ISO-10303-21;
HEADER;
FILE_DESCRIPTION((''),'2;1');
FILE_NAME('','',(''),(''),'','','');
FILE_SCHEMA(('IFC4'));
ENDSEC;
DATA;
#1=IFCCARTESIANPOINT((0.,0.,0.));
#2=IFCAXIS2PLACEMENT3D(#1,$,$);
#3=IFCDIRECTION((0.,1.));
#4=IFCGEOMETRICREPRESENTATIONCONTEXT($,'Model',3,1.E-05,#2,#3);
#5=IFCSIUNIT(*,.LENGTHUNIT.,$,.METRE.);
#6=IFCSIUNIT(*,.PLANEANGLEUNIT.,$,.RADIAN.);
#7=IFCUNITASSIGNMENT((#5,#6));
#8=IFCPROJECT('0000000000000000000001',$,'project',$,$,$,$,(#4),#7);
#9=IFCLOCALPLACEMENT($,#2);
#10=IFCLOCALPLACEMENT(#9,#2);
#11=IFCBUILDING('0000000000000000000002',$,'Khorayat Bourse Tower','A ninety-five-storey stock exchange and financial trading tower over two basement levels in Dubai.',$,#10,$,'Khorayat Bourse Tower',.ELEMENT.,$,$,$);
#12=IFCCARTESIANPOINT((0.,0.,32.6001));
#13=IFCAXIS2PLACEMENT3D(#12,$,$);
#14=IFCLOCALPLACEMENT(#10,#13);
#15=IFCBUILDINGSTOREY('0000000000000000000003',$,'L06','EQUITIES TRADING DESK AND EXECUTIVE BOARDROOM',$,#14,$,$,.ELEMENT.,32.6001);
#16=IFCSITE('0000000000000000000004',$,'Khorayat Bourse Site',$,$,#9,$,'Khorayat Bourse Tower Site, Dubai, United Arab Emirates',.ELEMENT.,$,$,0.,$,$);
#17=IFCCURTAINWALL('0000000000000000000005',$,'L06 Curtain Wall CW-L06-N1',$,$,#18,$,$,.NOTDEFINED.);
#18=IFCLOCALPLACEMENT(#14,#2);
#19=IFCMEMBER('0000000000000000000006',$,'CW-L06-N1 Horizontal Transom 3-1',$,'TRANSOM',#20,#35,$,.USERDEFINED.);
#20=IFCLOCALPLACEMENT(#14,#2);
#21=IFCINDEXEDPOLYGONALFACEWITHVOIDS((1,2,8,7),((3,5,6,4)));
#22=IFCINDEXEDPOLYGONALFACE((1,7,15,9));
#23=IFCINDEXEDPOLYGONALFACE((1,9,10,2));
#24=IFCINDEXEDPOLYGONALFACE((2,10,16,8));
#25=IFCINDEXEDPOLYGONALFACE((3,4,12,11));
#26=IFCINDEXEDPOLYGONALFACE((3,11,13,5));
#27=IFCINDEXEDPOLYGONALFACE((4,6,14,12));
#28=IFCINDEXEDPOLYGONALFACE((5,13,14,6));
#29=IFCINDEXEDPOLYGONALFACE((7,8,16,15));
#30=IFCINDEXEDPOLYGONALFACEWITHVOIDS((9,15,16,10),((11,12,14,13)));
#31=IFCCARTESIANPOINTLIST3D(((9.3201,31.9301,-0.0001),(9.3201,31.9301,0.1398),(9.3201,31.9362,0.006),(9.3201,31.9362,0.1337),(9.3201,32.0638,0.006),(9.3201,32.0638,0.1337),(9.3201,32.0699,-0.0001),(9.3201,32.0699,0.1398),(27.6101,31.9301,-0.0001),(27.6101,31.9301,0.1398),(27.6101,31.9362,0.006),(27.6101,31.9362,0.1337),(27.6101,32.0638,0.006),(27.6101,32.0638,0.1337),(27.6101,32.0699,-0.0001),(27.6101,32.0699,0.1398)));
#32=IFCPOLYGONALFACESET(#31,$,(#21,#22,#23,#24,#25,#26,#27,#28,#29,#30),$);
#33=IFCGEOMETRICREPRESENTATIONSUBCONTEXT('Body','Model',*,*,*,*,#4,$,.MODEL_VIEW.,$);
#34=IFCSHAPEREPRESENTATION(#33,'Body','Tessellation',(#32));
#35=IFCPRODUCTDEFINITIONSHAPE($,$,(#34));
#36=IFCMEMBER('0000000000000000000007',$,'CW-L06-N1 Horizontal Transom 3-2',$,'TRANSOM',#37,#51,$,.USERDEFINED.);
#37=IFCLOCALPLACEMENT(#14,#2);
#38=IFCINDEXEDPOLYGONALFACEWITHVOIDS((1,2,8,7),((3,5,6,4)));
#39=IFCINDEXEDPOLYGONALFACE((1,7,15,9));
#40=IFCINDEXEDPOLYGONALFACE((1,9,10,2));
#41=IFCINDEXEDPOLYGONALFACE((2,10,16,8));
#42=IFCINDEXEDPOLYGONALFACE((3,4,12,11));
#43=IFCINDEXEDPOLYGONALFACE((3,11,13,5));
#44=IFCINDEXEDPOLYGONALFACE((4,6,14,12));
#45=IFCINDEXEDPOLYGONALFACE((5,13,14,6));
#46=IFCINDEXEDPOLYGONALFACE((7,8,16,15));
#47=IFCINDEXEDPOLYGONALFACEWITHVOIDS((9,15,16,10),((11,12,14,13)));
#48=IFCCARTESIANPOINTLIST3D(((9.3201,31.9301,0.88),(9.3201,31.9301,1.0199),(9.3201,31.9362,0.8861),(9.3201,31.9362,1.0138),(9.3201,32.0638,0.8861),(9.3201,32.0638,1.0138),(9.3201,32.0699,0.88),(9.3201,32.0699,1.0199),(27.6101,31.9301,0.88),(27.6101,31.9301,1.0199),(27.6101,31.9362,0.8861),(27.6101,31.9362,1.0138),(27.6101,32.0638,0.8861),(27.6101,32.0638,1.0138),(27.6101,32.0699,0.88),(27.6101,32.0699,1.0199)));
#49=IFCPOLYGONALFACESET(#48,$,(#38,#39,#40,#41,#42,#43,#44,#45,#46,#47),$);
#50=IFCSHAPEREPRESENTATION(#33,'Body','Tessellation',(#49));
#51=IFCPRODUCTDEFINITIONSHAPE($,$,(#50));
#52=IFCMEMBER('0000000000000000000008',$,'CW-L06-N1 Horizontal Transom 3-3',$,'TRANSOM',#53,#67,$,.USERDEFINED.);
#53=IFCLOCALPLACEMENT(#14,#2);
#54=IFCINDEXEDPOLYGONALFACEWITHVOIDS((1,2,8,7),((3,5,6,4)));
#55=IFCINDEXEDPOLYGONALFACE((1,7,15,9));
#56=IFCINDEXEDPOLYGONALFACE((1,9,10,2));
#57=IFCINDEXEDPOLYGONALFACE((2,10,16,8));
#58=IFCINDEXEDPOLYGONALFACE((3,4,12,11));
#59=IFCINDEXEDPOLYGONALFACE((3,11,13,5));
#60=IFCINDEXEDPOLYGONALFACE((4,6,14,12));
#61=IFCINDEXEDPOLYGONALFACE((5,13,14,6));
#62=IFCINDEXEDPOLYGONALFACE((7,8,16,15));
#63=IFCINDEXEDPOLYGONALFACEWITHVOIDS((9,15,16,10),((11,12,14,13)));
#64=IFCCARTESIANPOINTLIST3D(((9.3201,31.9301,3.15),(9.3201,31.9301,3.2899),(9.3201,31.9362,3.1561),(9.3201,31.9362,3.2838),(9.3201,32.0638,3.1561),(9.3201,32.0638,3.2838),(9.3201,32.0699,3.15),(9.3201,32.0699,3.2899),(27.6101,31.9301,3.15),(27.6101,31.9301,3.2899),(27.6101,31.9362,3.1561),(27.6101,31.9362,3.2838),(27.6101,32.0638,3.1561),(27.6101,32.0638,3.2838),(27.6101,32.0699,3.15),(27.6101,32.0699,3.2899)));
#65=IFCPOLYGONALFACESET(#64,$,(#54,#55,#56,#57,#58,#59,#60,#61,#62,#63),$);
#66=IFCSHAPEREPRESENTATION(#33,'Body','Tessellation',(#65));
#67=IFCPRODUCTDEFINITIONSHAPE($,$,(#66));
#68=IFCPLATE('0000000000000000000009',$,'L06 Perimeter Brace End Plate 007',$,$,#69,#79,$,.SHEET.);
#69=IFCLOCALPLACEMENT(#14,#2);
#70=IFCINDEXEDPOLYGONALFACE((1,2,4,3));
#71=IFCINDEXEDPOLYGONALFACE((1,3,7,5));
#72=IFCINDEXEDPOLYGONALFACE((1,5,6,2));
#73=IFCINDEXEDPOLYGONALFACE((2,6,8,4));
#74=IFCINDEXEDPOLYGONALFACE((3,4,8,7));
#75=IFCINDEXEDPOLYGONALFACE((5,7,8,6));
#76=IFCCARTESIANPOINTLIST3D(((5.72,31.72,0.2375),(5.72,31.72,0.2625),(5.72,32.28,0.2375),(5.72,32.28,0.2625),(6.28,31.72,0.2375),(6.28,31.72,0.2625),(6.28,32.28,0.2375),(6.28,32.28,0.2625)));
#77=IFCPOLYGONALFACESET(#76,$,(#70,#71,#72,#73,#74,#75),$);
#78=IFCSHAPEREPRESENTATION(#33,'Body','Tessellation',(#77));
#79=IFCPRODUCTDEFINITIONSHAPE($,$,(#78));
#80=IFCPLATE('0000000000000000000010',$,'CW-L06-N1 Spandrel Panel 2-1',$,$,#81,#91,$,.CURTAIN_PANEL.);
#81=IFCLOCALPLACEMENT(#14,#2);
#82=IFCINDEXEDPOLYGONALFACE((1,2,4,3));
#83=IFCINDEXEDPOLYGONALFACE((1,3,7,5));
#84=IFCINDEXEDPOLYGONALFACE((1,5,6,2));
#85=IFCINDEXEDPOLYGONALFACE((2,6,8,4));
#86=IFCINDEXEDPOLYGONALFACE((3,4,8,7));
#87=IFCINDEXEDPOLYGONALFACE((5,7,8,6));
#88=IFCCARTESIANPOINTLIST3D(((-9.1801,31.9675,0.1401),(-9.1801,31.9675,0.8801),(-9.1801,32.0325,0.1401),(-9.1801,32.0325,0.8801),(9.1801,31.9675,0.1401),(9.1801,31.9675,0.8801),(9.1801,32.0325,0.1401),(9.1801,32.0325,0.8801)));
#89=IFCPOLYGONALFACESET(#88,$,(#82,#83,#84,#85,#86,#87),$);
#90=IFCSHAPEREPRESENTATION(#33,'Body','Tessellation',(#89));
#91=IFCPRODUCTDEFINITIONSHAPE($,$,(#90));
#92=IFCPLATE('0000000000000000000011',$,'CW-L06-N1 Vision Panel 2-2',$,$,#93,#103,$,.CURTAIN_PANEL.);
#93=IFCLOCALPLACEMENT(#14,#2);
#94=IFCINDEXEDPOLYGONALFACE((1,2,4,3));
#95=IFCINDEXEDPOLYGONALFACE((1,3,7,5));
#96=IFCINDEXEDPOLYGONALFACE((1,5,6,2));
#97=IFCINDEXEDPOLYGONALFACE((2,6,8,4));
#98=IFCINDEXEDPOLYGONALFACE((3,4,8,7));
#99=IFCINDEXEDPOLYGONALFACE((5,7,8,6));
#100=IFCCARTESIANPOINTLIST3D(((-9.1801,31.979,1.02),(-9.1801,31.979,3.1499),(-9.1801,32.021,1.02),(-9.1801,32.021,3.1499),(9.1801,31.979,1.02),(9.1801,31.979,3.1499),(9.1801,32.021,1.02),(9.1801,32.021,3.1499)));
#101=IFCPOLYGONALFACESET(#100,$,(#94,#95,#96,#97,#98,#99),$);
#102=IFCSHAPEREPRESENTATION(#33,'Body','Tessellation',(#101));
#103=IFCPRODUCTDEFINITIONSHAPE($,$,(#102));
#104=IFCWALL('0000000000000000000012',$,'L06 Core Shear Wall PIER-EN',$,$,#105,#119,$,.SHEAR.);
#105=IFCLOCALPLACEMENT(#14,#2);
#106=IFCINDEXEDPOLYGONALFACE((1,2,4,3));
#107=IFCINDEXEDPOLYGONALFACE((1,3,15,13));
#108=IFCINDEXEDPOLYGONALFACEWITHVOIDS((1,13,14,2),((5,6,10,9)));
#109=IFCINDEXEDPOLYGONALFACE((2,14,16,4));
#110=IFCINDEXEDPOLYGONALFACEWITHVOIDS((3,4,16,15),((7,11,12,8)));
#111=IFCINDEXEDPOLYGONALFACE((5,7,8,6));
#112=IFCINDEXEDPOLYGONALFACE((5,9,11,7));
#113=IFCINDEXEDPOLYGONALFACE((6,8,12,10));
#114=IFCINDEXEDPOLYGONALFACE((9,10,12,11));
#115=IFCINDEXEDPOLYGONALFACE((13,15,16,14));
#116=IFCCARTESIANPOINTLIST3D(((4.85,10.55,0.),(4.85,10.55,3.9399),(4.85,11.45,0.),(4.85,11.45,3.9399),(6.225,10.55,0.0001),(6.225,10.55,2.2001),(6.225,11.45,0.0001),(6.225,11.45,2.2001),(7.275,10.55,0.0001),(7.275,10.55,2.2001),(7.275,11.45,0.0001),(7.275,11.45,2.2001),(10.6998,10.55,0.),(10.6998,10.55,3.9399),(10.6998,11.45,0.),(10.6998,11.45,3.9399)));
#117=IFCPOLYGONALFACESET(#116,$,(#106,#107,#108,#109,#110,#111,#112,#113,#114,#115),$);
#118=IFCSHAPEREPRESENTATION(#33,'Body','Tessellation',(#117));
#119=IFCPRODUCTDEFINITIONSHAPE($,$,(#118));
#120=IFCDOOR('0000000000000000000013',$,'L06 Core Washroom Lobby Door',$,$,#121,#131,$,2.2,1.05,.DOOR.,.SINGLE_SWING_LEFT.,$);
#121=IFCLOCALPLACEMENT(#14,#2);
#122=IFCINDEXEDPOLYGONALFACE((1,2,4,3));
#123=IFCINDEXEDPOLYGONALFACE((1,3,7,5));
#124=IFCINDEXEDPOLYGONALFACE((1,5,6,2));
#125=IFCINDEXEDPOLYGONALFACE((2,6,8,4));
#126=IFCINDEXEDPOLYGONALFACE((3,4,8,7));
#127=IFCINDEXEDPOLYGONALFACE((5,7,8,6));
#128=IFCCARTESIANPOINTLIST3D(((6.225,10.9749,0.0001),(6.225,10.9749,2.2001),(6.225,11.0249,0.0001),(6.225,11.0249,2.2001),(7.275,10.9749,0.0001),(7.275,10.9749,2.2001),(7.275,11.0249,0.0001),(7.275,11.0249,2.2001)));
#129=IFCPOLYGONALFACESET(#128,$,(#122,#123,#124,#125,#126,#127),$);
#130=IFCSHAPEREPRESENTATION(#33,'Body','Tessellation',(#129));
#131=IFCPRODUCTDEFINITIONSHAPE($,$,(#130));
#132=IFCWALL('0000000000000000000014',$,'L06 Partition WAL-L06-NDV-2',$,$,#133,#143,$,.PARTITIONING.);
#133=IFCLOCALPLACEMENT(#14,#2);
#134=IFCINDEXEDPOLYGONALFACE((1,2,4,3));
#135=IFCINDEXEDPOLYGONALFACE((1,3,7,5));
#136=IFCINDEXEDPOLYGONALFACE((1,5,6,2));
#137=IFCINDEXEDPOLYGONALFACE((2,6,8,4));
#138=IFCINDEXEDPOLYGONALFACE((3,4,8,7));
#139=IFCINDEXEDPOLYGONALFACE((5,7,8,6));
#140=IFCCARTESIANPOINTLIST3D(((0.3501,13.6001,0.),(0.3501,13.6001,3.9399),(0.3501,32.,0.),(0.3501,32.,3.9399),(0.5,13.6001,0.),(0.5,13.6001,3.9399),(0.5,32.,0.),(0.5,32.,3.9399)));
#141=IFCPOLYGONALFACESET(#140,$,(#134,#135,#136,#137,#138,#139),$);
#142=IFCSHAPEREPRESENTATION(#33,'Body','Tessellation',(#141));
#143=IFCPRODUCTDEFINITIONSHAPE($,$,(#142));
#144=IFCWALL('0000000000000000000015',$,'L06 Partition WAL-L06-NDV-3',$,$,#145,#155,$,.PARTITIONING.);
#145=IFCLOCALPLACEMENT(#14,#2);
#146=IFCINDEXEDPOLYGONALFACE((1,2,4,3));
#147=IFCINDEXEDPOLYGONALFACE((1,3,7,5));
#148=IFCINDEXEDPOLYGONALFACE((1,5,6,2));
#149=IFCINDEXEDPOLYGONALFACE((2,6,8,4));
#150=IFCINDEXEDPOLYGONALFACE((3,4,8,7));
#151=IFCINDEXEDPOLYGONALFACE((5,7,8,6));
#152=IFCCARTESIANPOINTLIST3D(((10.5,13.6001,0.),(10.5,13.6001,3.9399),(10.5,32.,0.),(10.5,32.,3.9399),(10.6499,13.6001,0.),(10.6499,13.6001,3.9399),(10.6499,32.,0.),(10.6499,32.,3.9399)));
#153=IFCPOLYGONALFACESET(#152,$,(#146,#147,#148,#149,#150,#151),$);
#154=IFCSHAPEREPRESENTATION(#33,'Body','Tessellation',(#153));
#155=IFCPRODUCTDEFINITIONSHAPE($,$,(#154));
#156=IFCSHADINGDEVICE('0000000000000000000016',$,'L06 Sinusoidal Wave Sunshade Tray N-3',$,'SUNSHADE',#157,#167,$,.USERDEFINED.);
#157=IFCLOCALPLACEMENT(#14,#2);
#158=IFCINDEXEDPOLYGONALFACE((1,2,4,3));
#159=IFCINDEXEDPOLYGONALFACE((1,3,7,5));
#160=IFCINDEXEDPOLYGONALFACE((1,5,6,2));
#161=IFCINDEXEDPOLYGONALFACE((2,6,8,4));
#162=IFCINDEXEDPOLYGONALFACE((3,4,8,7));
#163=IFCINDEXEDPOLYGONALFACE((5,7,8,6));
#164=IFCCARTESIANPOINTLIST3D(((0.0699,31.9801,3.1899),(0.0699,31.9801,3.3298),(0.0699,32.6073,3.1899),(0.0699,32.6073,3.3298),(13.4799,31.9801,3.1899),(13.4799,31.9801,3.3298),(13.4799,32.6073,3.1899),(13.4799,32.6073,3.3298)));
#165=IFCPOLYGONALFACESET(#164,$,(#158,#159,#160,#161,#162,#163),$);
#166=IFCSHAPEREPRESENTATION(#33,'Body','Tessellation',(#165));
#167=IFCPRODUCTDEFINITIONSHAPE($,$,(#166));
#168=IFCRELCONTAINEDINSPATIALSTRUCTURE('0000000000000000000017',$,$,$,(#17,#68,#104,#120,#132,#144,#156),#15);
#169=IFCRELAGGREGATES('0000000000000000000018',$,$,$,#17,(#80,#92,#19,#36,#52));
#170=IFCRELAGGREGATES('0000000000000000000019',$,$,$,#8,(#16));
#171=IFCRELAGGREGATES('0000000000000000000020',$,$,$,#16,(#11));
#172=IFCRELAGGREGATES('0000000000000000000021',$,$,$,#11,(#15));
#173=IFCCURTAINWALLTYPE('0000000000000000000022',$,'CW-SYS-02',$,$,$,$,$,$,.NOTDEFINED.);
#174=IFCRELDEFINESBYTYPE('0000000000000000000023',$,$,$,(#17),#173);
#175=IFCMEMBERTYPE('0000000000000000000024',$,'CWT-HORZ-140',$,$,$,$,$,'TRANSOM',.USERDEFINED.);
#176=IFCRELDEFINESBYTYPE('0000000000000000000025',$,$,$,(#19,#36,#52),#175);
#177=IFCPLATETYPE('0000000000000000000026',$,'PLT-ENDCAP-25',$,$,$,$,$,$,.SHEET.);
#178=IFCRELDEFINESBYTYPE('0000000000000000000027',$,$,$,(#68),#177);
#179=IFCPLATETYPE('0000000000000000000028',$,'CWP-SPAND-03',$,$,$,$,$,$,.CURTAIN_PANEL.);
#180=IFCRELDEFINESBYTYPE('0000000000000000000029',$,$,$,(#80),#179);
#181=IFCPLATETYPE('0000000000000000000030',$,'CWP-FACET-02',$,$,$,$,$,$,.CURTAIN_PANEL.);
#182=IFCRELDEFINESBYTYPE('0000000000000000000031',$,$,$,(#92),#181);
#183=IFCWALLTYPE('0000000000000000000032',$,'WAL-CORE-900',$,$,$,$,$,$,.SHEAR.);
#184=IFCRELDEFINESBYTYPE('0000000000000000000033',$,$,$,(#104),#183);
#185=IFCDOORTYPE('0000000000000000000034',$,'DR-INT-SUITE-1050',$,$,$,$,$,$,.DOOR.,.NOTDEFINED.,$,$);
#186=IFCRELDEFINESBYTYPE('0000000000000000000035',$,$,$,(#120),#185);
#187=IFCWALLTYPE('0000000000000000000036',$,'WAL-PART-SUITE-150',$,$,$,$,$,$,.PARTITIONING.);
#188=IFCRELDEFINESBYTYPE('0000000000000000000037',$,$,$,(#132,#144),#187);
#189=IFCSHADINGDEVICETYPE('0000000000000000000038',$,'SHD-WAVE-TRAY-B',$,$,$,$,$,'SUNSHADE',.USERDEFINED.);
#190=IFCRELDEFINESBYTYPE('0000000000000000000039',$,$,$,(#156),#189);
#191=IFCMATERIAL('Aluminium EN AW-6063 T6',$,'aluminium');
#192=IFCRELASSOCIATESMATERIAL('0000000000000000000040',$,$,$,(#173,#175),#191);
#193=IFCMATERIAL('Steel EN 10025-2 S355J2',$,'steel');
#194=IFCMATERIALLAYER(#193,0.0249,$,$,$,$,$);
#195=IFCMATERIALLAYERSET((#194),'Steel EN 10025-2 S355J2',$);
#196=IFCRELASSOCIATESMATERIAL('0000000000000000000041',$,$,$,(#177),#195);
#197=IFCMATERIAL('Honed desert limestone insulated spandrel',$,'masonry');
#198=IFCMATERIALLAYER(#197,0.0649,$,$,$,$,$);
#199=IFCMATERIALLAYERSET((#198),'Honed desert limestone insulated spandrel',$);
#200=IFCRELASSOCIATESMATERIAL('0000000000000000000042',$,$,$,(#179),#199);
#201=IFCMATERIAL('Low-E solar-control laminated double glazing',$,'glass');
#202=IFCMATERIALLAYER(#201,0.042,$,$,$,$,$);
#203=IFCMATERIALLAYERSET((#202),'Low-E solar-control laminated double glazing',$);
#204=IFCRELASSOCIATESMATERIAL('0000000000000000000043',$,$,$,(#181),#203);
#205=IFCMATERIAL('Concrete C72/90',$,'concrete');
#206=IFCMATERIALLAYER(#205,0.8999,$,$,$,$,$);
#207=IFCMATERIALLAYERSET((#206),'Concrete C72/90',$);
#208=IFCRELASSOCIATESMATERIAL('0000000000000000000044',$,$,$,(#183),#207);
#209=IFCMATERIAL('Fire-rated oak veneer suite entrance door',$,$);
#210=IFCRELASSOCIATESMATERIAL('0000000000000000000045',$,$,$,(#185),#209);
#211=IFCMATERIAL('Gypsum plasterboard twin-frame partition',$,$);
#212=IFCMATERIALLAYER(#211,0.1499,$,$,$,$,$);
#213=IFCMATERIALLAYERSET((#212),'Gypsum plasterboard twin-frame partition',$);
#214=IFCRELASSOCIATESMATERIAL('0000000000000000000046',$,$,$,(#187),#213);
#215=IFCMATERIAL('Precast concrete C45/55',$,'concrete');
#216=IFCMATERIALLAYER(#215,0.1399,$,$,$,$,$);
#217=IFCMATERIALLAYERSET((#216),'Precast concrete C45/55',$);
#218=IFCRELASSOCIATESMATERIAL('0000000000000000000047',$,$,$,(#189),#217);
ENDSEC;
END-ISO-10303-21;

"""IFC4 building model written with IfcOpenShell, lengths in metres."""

from ifc_helpers import new_model, si_unit, direction, frame, frame_2d, origin, origin_2d, place, context, subcontext, project, spatial, rectangle, hollow_rectangle, extrude, source, transform, mapped, material, layer, layer_set, material_profile, profile_set, type_object, element, fill, aggregate, save


model = new_model("IFC4")

# Units and contexts
model_context = context("Model", 3, precision=1e-05, world=origin(), true_north=direction((0.0, 1.0)))
body_context = subcontext(model_context, "Body", "Model", "MODEL_VIEW")
ifc_project = project(units=[si_unit("LENGTHUNIT", "METRE"), si_unit("PLANEANGLEUNIT", "RADIAN")], contexts=[model_context])

# Site, building, storey
site_placement = place(None, origin())
site = spatial("IfcSite", under=ifc_project, at=site_placement, Name="Khorayat Bourse Site", LongName="Khorayat Bourse Tower Site, Dubai, United Arab Emirates", CompositionType="ELEMENT", RefElevation=0.0)
building_placement = place(site_placement, origin())
building = spatial("IfcBuilding", under=site, at=building_placement, Name="Khorayat Bourse Tower", Description="A ninety-five-storey stock exchange and financial trading tower over two basement levels in Dubai.", LongName="Khorayat Bourse Tower", CompositionType="ELEMENT")
storey_placement = place(building_placement, frame((0.0, 0.0, 32.6001)))
storey = spatial("IfcBuildingStorey", under=building, at=storey_placement, Name="L06", Description="EQUITIES TRADING DESK AND EXECUTIVE BOARDROOM", CompositionType="ELEMENT", Elevation=32.6001)

# Shared definitions
ifc_material_1 = material(Name="Concrete C72/90", Category="concrete")

# Curtain wall, members
ifc_material_2 = material(Name="Aluminium EN AW-6063 T6", Category="aluminium")
curtain_wall_type = type_object("IfcCurtainWallType", Name="CW-SYS-02", PredefinedType="NOTDEFINED", material=ifc_material_2)
curtain_wall_placement = place(storey_placement, origin())
curtain_wall = element("IfcCurtainWall", 1, at=curtain_wall_placement, inside=storey, type_object=curtain_wall_type, Name="L06 Curtain Wall CW-L06-N1", PredefinedType="NOTDEFINED")
ifc_material_profile_1 = material_profile(ifc_material_2, hollow_rectangle(XDim=0.1399, YDim=0.1399, WallThickness=0.0061, at=origin_2d()), Name="ALU 140x140x6")
ifc_profile_set_1 = profile_set([ifc_material_profile_1], Name="Aluminium EN AW-6063 T6")
member_type_1 = type_object("IfcMemberType", Name="CWT-HORZ-140", ElementType="TRANSOM", PredefinedType="USERDEFINED", material=ifc_profile_set_1)
shared_shape_1 = source(origin(), body_context, "Body", "SweptSolid", [
    extrude(hollow_rectangle(XDim=0.1399, YDim=0.1399, WallThickness=0.0061, at=origin_2d()), origin(), (0.0, 0.0, 1.0), 18.29),
])
member_1_placement = place(storey_placement, frame((9.3201, 32.0, 0.0698), z_axis=(1.0, 0.0, 0.0), x_axis=(0.0, 1.0, 0.0)))
member_1 = element("IfcMember", 2, at=member_1_placement, type_object=member_type_1, Name="CW-L06-N1 Horizontal Transom 3-1", ObjectType="TRANSOM", PredefinedType="USERDEFINED", context=body_context, shape_type="MappedRepresentation", body=[
    mapped(shared_shape_1, transform((0.0, 0.0, 0.0), scale=1.0)),
])
member_2_placement = place(storey_placement, frame((9.3201, 32.0, 0.95), z_axis=(1.0, 0.0, 0.0), x_axis=(0.0, 1.0, 0.0)))
member_2 = element("IfcMember", 3, at=member_2_placement, type_object=member_type_1, Name="CW-L06-N1 Horizontal Transom 3-2", ObjectType="TRANSOM", PredefinedType="USERDEFINED", context=body_context, shape_type="MappedRepresentation", body=[
    mapped(shared_shape_1, transform((0.0, 0.0, 0.0), scale=1.0)),
])
member_3_placement = place(storey_placement, frame((9.3201, 32.0, 3.22), z_axis=(1.0, 0.0, 0.0), x_axis=(0.0, 1.0, 0.0)))
member_3 = element("IfcMember", 4, at=member_3_placement, type_object=member_type_1, Name="CW-L06-N1 Horizontal Transom 3-3", ObjectType="TRANSOM", PredefinedType="USERDEFINED", context=body_context, shape_type="MappedRepresentation", body=[
    mapped(shared_shape_1, transform((0.0, 0.0, 0.0), scale=1.0)),
])

# Plates
ifc_material_3 = material(Name="Steel EN 10025-2 S355J2", Category="steel")
ifc_layer_1 = layer(ifc_material_3, 0.0249)
ifc_layer_set_1 = layer_set([ifc_layer_1], Name="Steel EN 10025-2 S355J2")
plate_type_1 = type_object("IfcPlateType", Name="PLT-ENDCAP-25", PredefinedType="SHEET", material=ifc_layer_set_1)
shared_shape_2 = source(origin(), body_context, "Body", "SweptSolid", [
    extrude(rectangle(XDim=0.5601, YDim=0.5601, at=origin_2d()), origin(), (0.0, 0.0, 1.0), 0.0249),
])
plate_1_placement = place(storey_placement, frame((6.0, 32.0, 0.2375), z_axis=(0.0, 0.0, 1.0), x_axis=(1.0, 0.0, 0.0)))
element("IfcPlate", 5, at=plate_1_placement, inside=storey, type_object=plate_type_1, Name="L06 Perimeter Brace End Plate 007", PredefinedType="SHEET", context=body_context, shape_type="MappedRepresentation", body=[
    mapped(shared_shape_2, transform((0.0, 0.0, 0.0), scale=1.0)),
])
ifc_material_4 = material(Name="Honed desert limestone insulated spandrel", Category="masonry")
ifc_layer_2 = layer(ifc_material_4, 0.0649)
ifc_layer_set_2 = layer_set([ifc_layer_2], Name="Honed desert limestone insulated spandrel")
plate_type_2 = type_object("IfcPlateType", Name="CWP-SPAND-03", PredefinedType="CURTAIN_PANEL", material=ifc_layer_set_2)
shared_shape_3 = source(origin(), body_context, "Body", "SweptSolid", [
    extrude(rectangle(XDim=18.3601, YDim=0.0649, at=origin_2d()), origin(), (0.0, 0.0, 1.0), 0.74),
])
plate_2_placement = place(storey_placement, frame((0.0, 32.0, 0.1401), z_axis=(0.0, 0.0, 1.0), x_axis=(1.0, 0.0, 0.0)))
plate_2 = element("IfcPlate", 6, at=plate_2_placement, type_object=plate_type_2, Name="CW-L06-N1 Spandrel Panel 2-1", PredefinedType="CURTAIN_PANEL", context=body_context, shape_type="MappedRepresentation", body=[
    mapped(shared_shape_3, transform((0.0, 0.0, 0.0), scale=1.0)),
])
ifc_material_5 = material(Name="Low-E solar-control laminated double glazing", Category="glass")
ifc_layer_3 = layer(ifc_material_5, 0.042)
ifc_layer_set_3 = layer_set([ifc_layer_3], Name="Low-E solar-control laminated double glazing")
plate_type_3 = type_object("IfcPlateType", Name="CWP-FACET-02", PredefinedType="CURTAIN_PANEL", material=ifc_layer_set_3)
shared_shape_4 = source(origin(), body_context, "Body", "SweptSolid", [
    extrude(rectangle(XDim=18.3601, YDim=0.042, at=origin_2d()), origin(), (0.0, 0.0, 1.0), 2.1299),
])
plate_3_placement = place(storey_placement, frame((0.0, 32.0, 1.02), z_axis=(0.0, 0.0, 1.0), x_axis=(1.0, 0.0, 0.0)))
plate_3 = element("IfcPlate", 7, at=plate_3_placement, type_object=plate_type_3, Name="CW-L06-N1 Vision Panel 2-2", PredefinedType="CURTAIN_PANEL", context=body_context, shape_type="MappedRepresentation", body=[
    mapped(shared_shape_4, transform((0.0, 0.0, 0.0), scale=1.0)),
])
aggregate(curtain_wall, [plate_2, plate_3, member_1, member_2, member_3])

# Wall, opening, door
ifc_layer_4 = layer(ifc_material_1, 0.8999)
ifc_layer_set_4 = layer_set([ifc_layer_4], Name="Concrete C72/90")
wall_type_1 = type_object("IfcWallType", Name="WAL-CORE-900", PredefinedType="SHEAR", material=ifc_layer_set_4)
shared_shape_5 = source(origin(), body_context, "Body", "SweptSolid", [
    extrude(rectangle(XDim=5.8499, YDim=0.8999, at=frame_2d((2.9248, 0.0))), origin(), (0.0, 0.0, 1.0), 3.9399),
])
wall_1_placement = place(storey_placement, frame((4.8501, 11.0, 0.0), z_axis=(0.0, 0.0, 1.0), x_axis=(1.0, 0.0, 0.0)))
wall_1 = element("IfcWall", 8, at=wall_1_placement, inside=storey, type_object=wall_type_1, Name="L06 Core Shear Wall PIER-EN", PredefinedType="SHEAR", context=body_context, shape_type="MappedRepresentation", body=[
    mapped(shared_shape_5, transform((0.0, 0.0, 0.0), scale=1.0)),
])
shared_shape_6 = source(origin(), body_context, "Body", "SweptSolid", [
    extrude(rectangle(XDim=1.05, YDim=2.2, at=frame_2d((0.5249, 1.1001))), frame((0.0, 0.46, 0.0), z_axis=(0.0, -1.0, 0.0), x_axis=(1.0, 0.0, 0.0)), (0.0, 0.0, 1.0), 0.9199),
])
opening_1_placement = place(wall_1_placement, frame((1.375, 0.0, 0.0)))
opening_1 = element("IfcOpeningElement", 9, at=opening_1_placement, cuts=wall_1, PredefinedType="OPENING", context=body_context, shape_type="MappedRepresentation", body=[
    mapped(shared_shape_6, transform((0.0, 0.0, 0.0), scale=1.0)),
])
ifc_material_6 = material(Name="Fire-rated oak veneer suite entrance door")
door_type_1 = type_object("IfcDoorType", Name="DR-INT-SUITE-1050", OperationType="NOTDEFINED", PredefinedType="DOOR", material=ifc_material_6)
shared_shape_7 = source(origin(), body_context, "Body", "SweptSolid", [
    extrude(rectangle(XDim=1.05, YDim=2.2, at=frame_2d((0.5249, 1.1001))), frame((0.0, 0.0249, 0.0), z_axis=(0.0, -1.0, 0.0), x_axis=(1.0, 0.0, 0.0)), (0.0, 0.0, 1.0), 0.05),
])
door_1_placement = place(opening_1_placement, origin())
door_1 = element("IfcDoor", 10, at=door_1_placement, inside=storey, type_object=door_type_1, Name="L06 Core Washroom Lobby Door", OperationType="SINGLE_SWING_LEFT", OverallHeight=2.2, OverallWidth=1.05, PredefinedType="DOOR", context=body_context, shape_type="MappedRepresentation", body=[
    mapped(shared_shape_7, transform((0.0, 0.0, 0.0), scale=1.0)),
])
fill(opening_1, door_1)

# Walls
ifc_material_7 = material(Name="Gypsum plasterboard twin-frame partition")
ifc_layer_5 = layer(ifc_material_7, 0.1499)
ifc_layer_set_5 = layer_set([ifc_layer_5], Name="Gypsum plasterboard twin-frame partition")
wall_type_2 = type_object("IfcWallType", Name="WAL-PART-SUITE-150", PredefinedType="PARTITIONING", material=ifc_layer_set_5)
shared_shape_8 = source(origin(), body_context, "Body", "SweptSolid", [
    extrude(rectangle(XDim=18.3999, YDim=0.1499, at=frame_2d((9.2, 0.0))), origin(), (0.0, 0.0, 1.0), 3.9399),
])
for number, where, z_axis, x_axis, name in (
    (11, (0.425, 13.6001, 0.0), (0.0, 0.0, 1.0), (0.0, 1.0, 0.0), "L06 Partition WAL-L06-NDV-2"),
    (12, (10.575, 13.6001, 0.0), (0.0, 0.0, 1.0), (0.0, 1.0, 0.0), "L06 Partition WAL-L06-NDV-3"),
):
    element("IfcWall", number, at=place(storey_placement, frame(where, z_axis=z_axis, x_axis=x_axis)), inside=storey, type_object=wall_type_2, Name=name, PredefinedType="PARTITIONING", context=body_context, shape_type="MappedRepresentation", body=[
        mapped(shared_shape_8, transform((0.0, 0.0, 0.0), scale=1.0)),
    ])

# Shading device
ifc_material_8 = material(Name="Precast concrete C45/55", Category="concrete")
ifc_layer_6 = layer(ifc_material_8, 0.1399)
ifc_layer_set_6 = layer_set([ifc_layer_6], Name="Precast concrete C45/55")
shading_device_type = type_object("IfcShadingDeviceType", Name="SHD-WAVE-TRAY-B", ElementType="SUNSHADE", PredefinedType="USERDEFINED", material=ifc_layer_set_6)
shared_shape_9 = source(origin(), body_context, "Body", "SweptSolid", [
    extrude(rectangle(XDim=13.4099, YDim=0.6272, at=origin_2d()), origin(), (0.0, 0.0, 1.0), 0.1399),
])
shading_device_placement = place(storey_placement, frame((6.7749, 32.2937, 3.1899), z_axis=(0.0, 0.0, 1.0), x_axis=(1.0, 0.0, 0.0)))
element("IfcShadingDevice", 13, at=shading_device_placement, inside=storey, type_object=shading_device_type, Name="L06 Sinusoidal Wave Sunshade Tray N-3", ObjectType="SUNSHADE", PredefinedType="USERDEFINED", context=body_context, shape_type="MappedRepresentation", body=[
    mapped(shared_shape_9, transform((0.0, 0.0, 0.0), scale=1.0)),
])

save(model, "model.ifc")
